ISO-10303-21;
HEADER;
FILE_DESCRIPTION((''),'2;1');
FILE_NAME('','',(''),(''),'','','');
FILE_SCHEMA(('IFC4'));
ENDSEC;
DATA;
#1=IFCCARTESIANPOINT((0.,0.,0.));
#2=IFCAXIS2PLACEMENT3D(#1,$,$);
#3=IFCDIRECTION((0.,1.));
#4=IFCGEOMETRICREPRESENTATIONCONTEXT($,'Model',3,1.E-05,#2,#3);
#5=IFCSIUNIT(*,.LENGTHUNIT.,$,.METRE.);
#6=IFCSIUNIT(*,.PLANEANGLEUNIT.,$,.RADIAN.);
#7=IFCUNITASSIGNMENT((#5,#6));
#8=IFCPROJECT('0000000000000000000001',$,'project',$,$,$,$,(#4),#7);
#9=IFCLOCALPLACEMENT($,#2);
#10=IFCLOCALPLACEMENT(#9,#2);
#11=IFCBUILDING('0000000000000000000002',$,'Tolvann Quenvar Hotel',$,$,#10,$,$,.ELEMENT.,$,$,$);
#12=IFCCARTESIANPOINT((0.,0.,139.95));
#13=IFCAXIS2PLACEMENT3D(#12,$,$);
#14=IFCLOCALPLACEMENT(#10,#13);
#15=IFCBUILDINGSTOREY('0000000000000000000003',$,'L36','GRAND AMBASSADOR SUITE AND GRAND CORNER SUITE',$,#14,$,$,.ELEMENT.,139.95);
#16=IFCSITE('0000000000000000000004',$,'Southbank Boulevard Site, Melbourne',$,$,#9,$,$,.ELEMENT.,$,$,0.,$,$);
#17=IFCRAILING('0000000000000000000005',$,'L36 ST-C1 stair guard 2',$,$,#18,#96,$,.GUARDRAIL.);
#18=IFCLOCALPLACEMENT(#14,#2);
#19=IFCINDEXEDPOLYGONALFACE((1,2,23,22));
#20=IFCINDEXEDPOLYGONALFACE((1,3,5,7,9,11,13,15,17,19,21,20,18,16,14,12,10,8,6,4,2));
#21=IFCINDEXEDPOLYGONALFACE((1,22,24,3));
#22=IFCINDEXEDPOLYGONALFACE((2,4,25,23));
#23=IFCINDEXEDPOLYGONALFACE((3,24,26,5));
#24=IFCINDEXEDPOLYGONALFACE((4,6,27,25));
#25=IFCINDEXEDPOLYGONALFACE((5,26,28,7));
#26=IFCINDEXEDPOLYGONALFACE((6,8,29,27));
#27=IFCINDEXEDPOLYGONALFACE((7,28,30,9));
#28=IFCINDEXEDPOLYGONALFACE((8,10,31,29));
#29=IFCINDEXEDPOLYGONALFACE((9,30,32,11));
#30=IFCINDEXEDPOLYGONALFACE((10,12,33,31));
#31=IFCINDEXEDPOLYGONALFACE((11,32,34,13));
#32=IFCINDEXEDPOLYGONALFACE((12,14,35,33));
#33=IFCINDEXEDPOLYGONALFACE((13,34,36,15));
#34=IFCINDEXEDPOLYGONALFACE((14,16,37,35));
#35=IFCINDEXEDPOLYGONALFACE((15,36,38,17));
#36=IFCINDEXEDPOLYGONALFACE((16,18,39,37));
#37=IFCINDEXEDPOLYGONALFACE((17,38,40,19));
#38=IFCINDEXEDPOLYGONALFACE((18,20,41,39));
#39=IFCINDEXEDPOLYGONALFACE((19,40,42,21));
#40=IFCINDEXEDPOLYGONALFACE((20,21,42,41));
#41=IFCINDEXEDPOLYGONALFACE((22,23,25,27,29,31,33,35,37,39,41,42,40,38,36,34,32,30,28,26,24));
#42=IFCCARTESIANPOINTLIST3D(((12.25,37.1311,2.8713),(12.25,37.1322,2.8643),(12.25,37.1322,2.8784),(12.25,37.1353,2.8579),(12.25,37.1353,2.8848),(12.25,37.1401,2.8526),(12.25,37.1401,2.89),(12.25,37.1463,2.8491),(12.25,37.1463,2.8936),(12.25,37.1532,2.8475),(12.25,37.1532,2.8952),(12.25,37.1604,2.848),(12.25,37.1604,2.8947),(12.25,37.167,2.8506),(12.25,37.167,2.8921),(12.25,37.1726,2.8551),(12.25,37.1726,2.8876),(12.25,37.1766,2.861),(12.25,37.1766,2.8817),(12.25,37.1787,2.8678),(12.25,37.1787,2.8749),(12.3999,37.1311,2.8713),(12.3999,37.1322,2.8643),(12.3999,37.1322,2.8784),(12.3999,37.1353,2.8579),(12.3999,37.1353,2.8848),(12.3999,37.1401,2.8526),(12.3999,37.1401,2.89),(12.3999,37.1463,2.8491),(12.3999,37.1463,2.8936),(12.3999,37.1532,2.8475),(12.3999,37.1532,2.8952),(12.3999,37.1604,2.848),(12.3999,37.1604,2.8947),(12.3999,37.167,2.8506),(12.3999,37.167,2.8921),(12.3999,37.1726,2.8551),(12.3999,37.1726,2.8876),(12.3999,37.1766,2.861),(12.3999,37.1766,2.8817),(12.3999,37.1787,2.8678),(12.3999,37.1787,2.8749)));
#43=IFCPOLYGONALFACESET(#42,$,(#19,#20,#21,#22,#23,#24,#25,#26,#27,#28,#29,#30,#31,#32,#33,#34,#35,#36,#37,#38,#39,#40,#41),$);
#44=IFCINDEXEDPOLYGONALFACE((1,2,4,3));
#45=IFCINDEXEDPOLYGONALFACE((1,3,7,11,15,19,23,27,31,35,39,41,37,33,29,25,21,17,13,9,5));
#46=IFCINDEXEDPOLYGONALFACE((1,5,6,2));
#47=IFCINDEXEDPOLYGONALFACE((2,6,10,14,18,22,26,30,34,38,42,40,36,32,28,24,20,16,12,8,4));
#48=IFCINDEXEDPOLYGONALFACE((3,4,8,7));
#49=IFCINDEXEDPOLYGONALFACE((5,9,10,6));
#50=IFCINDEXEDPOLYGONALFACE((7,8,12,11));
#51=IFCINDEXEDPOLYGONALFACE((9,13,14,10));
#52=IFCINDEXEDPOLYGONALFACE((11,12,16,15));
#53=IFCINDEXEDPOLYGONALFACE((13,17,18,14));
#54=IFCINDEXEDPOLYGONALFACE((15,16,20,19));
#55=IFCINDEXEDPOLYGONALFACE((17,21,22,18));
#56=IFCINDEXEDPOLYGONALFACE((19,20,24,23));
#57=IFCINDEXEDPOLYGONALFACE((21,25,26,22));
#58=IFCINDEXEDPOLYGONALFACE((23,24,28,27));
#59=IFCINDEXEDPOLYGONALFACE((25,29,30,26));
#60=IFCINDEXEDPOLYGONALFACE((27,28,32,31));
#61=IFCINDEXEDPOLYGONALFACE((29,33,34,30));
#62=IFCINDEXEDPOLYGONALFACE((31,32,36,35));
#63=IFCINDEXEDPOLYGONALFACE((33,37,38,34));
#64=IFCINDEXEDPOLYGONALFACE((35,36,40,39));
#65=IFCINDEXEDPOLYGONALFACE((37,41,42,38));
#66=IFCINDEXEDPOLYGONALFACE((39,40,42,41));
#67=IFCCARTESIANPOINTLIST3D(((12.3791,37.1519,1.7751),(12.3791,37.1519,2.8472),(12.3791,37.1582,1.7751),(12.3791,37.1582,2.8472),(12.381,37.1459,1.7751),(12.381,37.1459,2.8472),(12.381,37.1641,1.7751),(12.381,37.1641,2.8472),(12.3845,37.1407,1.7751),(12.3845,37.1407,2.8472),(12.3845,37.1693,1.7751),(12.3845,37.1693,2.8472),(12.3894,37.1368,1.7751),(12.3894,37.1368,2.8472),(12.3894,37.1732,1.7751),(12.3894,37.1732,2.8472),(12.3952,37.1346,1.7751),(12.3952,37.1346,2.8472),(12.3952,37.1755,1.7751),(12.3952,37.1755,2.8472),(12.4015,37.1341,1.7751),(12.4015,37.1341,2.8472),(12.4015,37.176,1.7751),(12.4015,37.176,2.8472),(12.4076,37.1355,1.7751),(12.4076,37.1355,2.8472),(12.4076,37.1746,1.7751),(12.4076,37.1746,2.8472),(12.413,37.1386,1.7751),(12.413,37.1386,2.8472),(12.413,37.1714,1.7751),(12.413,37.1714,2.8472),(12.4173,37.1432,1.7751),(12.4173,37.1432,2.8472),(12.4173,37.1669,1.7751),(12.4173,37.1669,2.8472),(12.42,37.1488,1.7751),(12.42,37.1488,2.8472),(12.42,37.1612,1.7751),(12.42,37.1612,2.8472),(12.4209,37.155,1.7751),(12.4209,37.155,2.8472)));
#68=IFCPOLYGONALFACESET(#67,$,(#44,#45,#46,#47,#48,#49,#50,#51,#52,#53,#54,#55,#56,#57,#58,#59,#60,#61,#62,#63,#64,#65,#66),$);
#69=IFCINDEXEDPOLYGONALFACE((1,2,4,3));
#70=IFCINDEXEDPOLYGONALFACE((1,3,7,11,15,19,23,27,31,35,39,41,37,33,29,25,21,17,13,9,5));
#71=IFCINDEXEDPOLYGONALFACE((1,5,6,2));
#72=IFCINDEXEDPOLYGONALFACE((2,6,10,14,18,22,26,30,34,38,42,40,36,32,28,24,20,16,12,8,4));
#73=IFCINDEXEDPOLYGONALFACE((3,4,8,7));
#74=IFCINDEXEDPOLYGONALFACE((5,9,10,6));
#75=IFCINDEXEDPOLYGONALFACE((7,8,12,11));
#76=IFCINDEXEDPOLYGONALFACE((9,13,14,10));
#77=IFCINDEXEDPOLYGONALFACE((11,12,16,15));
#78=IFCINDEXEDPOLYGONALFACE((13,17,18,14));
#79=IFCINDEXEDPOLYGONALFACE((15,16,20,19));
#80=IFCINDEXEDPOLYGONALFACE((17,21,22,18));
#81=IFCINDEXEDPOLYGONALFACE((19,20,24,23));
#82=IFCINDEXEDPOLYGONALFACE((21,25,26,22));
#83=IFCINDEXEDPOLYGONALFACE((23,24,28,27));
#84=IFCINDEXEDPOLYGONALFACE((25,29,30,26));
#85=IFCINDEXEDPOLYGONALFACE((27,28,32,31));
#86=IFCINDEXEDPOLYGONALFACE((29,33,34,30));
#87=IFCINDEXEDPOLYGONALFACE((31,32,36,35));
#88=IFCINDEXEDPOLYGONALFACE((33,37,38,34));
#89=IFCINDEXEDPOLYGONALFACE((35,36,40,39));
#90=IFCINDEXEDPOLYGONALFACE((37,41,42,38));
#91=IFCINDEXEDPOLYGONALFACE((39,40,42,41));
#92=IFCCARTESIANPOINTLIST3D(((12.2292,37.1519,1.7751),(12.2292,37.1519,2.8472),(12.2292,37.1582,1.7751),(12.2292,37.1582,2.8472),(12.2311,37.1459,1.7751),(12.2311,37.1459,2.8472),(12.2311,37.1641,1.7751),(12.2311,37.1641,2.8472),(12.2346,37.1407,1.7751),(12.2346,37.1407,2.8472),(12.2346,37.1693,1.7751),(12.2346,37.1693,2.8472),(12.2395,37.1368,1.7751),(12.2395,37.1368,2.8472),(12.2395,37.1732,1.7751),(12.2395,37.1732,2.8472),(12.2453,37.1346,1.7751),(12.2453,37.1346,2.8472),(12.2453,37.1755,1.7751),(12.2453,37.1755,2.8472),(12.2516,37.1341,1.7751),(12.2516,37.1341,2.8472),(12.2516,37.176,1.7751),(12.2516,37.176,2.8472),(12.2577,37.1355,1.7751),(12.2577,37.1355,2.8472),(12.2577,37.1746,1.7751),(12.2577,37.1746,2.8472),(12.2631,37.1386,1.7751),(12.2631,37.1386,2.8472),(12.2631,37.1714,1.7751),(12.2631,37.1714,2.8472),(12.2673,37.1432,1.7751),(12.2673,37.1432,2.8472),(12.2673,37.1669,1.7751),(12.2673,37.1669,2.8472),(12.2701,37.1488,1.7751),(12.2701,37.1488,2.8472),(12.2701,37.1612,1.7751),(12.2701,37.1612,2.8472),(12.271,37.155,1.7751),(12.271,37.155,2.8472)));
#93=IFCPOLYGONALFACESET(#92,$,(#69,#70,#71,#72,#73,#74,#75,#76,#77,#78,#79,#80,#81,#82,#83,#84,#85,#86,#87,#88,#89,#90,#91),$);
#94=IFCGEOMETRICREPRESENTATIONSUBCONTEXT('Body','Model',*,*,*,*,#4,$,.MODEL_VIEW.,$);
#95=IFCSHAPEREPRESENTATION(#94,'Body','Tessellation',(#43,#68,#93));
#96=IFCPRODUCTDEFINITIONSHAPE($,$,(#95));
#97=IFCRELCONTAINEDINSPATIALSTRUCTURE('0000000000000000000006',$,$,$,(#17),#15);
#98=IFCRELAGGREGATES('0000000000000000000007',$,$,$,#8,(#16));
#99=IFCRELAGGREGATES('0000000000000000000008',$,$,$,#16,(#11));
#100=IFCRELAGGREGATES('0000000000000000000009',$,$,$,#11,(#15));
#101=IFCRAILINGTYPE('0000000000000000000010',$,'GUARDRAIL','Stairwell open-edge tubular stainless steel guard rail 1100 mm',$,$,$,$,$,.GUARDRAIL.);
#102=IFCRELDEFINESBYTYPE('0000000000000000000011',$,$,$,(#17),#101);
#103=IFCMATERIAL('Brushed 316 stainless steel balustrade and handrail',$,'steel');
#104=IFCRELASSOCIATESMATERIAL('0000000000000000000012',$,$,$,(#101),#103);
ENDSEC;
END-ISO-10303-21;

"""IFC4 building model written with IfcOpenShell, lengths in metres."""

from ifc_helpers import new_model, si_unit, direction, frame, origin, origin_2d, place, context, subcontext, project, spatial, circle, extrude, material, type_object, element, save


model = new_model("IFC4")

# Units and contexts
model_context = context("Model", 3, precision=1e-05, world=origin(), true_north=direction((0.0, 1.0)))
body_context = subcontext(model_context, "Body", "Model", "MODEL_VIEW")
ifc_project = project(units=[si_unit("LENGTHUNIT", "METRE"), si_unit("PLANEANGLEUNIT", "RADIAN")], contexts=[model_context])

# Site, building, storey
site_placement = place(None, origin())
site = spatial("IfcSite", under=ifc_project, at=site_placement, Name="Southbank Boulevard Site, Melbourne", CompositionType="ELEMENT", RefElevation=0.0)
building_placement = place(site_placement, origin())
building = spatial("IfcBuilding", under=site, at=building_placement, Name="Tolvann Quenvar Hotel", CompositionType="ELEMENT")
storey_placement = place(building_placement, frame((0.0, 0.0, 139.95)))
storey = spatial("IfcBuildingStorey", under=building, at=storey_placement, Name="L36", Description="GRAND AMBASSADOR SUITE AND GRAND CORNER SUITE", CompositionType="ELEMENT", Elevation=139.95)

# Railing
ifc_material_1 = material(Name="Brushed 316 stainless steel balustrade and handrail", Category="steel")
railing_type_1 = type_object("IfcRailingType", Name="GUARDRAIL", Description="Stairwell open-edge tubular stainless steel guard rail 1100 mm", PredefinedType="GUARDRAIL", material=ifc_material_1)
railing_1_placement = place(storey_placement, frame((12.3999, 37.155, 1.7751)))
element("IfcRailing", 1, at=railing_1_placement, inside=storey, type_object=railing_type_1, Name="L36 ST-C1 stair guard 2", PredefinedType="GUARDRAIL", context=body_context, shape_type="SweptSolid", body=[
    extrude(circle(Radius=0.0239, at=origin_2d()), frame((0.0, 0.0, 1.0962), z_axis=(-1.0, 0.0, 0.0), x_axis=(0.0, -1.0, 0.0)), (0.0, 0.0, 1.0), 0.1499),
    extrude(circle(Radius=0.021, at=origin_2d()), origin(), (0.0, 0.0, 1.0), 1.072),
    extrude(circle(Radius=0.021, at=origin_2d()), frame((-0.1499, 0.0, 0.0)), (0.0, 0.0, 1.0), 1.072),
])

save(model, "model.ifc")
